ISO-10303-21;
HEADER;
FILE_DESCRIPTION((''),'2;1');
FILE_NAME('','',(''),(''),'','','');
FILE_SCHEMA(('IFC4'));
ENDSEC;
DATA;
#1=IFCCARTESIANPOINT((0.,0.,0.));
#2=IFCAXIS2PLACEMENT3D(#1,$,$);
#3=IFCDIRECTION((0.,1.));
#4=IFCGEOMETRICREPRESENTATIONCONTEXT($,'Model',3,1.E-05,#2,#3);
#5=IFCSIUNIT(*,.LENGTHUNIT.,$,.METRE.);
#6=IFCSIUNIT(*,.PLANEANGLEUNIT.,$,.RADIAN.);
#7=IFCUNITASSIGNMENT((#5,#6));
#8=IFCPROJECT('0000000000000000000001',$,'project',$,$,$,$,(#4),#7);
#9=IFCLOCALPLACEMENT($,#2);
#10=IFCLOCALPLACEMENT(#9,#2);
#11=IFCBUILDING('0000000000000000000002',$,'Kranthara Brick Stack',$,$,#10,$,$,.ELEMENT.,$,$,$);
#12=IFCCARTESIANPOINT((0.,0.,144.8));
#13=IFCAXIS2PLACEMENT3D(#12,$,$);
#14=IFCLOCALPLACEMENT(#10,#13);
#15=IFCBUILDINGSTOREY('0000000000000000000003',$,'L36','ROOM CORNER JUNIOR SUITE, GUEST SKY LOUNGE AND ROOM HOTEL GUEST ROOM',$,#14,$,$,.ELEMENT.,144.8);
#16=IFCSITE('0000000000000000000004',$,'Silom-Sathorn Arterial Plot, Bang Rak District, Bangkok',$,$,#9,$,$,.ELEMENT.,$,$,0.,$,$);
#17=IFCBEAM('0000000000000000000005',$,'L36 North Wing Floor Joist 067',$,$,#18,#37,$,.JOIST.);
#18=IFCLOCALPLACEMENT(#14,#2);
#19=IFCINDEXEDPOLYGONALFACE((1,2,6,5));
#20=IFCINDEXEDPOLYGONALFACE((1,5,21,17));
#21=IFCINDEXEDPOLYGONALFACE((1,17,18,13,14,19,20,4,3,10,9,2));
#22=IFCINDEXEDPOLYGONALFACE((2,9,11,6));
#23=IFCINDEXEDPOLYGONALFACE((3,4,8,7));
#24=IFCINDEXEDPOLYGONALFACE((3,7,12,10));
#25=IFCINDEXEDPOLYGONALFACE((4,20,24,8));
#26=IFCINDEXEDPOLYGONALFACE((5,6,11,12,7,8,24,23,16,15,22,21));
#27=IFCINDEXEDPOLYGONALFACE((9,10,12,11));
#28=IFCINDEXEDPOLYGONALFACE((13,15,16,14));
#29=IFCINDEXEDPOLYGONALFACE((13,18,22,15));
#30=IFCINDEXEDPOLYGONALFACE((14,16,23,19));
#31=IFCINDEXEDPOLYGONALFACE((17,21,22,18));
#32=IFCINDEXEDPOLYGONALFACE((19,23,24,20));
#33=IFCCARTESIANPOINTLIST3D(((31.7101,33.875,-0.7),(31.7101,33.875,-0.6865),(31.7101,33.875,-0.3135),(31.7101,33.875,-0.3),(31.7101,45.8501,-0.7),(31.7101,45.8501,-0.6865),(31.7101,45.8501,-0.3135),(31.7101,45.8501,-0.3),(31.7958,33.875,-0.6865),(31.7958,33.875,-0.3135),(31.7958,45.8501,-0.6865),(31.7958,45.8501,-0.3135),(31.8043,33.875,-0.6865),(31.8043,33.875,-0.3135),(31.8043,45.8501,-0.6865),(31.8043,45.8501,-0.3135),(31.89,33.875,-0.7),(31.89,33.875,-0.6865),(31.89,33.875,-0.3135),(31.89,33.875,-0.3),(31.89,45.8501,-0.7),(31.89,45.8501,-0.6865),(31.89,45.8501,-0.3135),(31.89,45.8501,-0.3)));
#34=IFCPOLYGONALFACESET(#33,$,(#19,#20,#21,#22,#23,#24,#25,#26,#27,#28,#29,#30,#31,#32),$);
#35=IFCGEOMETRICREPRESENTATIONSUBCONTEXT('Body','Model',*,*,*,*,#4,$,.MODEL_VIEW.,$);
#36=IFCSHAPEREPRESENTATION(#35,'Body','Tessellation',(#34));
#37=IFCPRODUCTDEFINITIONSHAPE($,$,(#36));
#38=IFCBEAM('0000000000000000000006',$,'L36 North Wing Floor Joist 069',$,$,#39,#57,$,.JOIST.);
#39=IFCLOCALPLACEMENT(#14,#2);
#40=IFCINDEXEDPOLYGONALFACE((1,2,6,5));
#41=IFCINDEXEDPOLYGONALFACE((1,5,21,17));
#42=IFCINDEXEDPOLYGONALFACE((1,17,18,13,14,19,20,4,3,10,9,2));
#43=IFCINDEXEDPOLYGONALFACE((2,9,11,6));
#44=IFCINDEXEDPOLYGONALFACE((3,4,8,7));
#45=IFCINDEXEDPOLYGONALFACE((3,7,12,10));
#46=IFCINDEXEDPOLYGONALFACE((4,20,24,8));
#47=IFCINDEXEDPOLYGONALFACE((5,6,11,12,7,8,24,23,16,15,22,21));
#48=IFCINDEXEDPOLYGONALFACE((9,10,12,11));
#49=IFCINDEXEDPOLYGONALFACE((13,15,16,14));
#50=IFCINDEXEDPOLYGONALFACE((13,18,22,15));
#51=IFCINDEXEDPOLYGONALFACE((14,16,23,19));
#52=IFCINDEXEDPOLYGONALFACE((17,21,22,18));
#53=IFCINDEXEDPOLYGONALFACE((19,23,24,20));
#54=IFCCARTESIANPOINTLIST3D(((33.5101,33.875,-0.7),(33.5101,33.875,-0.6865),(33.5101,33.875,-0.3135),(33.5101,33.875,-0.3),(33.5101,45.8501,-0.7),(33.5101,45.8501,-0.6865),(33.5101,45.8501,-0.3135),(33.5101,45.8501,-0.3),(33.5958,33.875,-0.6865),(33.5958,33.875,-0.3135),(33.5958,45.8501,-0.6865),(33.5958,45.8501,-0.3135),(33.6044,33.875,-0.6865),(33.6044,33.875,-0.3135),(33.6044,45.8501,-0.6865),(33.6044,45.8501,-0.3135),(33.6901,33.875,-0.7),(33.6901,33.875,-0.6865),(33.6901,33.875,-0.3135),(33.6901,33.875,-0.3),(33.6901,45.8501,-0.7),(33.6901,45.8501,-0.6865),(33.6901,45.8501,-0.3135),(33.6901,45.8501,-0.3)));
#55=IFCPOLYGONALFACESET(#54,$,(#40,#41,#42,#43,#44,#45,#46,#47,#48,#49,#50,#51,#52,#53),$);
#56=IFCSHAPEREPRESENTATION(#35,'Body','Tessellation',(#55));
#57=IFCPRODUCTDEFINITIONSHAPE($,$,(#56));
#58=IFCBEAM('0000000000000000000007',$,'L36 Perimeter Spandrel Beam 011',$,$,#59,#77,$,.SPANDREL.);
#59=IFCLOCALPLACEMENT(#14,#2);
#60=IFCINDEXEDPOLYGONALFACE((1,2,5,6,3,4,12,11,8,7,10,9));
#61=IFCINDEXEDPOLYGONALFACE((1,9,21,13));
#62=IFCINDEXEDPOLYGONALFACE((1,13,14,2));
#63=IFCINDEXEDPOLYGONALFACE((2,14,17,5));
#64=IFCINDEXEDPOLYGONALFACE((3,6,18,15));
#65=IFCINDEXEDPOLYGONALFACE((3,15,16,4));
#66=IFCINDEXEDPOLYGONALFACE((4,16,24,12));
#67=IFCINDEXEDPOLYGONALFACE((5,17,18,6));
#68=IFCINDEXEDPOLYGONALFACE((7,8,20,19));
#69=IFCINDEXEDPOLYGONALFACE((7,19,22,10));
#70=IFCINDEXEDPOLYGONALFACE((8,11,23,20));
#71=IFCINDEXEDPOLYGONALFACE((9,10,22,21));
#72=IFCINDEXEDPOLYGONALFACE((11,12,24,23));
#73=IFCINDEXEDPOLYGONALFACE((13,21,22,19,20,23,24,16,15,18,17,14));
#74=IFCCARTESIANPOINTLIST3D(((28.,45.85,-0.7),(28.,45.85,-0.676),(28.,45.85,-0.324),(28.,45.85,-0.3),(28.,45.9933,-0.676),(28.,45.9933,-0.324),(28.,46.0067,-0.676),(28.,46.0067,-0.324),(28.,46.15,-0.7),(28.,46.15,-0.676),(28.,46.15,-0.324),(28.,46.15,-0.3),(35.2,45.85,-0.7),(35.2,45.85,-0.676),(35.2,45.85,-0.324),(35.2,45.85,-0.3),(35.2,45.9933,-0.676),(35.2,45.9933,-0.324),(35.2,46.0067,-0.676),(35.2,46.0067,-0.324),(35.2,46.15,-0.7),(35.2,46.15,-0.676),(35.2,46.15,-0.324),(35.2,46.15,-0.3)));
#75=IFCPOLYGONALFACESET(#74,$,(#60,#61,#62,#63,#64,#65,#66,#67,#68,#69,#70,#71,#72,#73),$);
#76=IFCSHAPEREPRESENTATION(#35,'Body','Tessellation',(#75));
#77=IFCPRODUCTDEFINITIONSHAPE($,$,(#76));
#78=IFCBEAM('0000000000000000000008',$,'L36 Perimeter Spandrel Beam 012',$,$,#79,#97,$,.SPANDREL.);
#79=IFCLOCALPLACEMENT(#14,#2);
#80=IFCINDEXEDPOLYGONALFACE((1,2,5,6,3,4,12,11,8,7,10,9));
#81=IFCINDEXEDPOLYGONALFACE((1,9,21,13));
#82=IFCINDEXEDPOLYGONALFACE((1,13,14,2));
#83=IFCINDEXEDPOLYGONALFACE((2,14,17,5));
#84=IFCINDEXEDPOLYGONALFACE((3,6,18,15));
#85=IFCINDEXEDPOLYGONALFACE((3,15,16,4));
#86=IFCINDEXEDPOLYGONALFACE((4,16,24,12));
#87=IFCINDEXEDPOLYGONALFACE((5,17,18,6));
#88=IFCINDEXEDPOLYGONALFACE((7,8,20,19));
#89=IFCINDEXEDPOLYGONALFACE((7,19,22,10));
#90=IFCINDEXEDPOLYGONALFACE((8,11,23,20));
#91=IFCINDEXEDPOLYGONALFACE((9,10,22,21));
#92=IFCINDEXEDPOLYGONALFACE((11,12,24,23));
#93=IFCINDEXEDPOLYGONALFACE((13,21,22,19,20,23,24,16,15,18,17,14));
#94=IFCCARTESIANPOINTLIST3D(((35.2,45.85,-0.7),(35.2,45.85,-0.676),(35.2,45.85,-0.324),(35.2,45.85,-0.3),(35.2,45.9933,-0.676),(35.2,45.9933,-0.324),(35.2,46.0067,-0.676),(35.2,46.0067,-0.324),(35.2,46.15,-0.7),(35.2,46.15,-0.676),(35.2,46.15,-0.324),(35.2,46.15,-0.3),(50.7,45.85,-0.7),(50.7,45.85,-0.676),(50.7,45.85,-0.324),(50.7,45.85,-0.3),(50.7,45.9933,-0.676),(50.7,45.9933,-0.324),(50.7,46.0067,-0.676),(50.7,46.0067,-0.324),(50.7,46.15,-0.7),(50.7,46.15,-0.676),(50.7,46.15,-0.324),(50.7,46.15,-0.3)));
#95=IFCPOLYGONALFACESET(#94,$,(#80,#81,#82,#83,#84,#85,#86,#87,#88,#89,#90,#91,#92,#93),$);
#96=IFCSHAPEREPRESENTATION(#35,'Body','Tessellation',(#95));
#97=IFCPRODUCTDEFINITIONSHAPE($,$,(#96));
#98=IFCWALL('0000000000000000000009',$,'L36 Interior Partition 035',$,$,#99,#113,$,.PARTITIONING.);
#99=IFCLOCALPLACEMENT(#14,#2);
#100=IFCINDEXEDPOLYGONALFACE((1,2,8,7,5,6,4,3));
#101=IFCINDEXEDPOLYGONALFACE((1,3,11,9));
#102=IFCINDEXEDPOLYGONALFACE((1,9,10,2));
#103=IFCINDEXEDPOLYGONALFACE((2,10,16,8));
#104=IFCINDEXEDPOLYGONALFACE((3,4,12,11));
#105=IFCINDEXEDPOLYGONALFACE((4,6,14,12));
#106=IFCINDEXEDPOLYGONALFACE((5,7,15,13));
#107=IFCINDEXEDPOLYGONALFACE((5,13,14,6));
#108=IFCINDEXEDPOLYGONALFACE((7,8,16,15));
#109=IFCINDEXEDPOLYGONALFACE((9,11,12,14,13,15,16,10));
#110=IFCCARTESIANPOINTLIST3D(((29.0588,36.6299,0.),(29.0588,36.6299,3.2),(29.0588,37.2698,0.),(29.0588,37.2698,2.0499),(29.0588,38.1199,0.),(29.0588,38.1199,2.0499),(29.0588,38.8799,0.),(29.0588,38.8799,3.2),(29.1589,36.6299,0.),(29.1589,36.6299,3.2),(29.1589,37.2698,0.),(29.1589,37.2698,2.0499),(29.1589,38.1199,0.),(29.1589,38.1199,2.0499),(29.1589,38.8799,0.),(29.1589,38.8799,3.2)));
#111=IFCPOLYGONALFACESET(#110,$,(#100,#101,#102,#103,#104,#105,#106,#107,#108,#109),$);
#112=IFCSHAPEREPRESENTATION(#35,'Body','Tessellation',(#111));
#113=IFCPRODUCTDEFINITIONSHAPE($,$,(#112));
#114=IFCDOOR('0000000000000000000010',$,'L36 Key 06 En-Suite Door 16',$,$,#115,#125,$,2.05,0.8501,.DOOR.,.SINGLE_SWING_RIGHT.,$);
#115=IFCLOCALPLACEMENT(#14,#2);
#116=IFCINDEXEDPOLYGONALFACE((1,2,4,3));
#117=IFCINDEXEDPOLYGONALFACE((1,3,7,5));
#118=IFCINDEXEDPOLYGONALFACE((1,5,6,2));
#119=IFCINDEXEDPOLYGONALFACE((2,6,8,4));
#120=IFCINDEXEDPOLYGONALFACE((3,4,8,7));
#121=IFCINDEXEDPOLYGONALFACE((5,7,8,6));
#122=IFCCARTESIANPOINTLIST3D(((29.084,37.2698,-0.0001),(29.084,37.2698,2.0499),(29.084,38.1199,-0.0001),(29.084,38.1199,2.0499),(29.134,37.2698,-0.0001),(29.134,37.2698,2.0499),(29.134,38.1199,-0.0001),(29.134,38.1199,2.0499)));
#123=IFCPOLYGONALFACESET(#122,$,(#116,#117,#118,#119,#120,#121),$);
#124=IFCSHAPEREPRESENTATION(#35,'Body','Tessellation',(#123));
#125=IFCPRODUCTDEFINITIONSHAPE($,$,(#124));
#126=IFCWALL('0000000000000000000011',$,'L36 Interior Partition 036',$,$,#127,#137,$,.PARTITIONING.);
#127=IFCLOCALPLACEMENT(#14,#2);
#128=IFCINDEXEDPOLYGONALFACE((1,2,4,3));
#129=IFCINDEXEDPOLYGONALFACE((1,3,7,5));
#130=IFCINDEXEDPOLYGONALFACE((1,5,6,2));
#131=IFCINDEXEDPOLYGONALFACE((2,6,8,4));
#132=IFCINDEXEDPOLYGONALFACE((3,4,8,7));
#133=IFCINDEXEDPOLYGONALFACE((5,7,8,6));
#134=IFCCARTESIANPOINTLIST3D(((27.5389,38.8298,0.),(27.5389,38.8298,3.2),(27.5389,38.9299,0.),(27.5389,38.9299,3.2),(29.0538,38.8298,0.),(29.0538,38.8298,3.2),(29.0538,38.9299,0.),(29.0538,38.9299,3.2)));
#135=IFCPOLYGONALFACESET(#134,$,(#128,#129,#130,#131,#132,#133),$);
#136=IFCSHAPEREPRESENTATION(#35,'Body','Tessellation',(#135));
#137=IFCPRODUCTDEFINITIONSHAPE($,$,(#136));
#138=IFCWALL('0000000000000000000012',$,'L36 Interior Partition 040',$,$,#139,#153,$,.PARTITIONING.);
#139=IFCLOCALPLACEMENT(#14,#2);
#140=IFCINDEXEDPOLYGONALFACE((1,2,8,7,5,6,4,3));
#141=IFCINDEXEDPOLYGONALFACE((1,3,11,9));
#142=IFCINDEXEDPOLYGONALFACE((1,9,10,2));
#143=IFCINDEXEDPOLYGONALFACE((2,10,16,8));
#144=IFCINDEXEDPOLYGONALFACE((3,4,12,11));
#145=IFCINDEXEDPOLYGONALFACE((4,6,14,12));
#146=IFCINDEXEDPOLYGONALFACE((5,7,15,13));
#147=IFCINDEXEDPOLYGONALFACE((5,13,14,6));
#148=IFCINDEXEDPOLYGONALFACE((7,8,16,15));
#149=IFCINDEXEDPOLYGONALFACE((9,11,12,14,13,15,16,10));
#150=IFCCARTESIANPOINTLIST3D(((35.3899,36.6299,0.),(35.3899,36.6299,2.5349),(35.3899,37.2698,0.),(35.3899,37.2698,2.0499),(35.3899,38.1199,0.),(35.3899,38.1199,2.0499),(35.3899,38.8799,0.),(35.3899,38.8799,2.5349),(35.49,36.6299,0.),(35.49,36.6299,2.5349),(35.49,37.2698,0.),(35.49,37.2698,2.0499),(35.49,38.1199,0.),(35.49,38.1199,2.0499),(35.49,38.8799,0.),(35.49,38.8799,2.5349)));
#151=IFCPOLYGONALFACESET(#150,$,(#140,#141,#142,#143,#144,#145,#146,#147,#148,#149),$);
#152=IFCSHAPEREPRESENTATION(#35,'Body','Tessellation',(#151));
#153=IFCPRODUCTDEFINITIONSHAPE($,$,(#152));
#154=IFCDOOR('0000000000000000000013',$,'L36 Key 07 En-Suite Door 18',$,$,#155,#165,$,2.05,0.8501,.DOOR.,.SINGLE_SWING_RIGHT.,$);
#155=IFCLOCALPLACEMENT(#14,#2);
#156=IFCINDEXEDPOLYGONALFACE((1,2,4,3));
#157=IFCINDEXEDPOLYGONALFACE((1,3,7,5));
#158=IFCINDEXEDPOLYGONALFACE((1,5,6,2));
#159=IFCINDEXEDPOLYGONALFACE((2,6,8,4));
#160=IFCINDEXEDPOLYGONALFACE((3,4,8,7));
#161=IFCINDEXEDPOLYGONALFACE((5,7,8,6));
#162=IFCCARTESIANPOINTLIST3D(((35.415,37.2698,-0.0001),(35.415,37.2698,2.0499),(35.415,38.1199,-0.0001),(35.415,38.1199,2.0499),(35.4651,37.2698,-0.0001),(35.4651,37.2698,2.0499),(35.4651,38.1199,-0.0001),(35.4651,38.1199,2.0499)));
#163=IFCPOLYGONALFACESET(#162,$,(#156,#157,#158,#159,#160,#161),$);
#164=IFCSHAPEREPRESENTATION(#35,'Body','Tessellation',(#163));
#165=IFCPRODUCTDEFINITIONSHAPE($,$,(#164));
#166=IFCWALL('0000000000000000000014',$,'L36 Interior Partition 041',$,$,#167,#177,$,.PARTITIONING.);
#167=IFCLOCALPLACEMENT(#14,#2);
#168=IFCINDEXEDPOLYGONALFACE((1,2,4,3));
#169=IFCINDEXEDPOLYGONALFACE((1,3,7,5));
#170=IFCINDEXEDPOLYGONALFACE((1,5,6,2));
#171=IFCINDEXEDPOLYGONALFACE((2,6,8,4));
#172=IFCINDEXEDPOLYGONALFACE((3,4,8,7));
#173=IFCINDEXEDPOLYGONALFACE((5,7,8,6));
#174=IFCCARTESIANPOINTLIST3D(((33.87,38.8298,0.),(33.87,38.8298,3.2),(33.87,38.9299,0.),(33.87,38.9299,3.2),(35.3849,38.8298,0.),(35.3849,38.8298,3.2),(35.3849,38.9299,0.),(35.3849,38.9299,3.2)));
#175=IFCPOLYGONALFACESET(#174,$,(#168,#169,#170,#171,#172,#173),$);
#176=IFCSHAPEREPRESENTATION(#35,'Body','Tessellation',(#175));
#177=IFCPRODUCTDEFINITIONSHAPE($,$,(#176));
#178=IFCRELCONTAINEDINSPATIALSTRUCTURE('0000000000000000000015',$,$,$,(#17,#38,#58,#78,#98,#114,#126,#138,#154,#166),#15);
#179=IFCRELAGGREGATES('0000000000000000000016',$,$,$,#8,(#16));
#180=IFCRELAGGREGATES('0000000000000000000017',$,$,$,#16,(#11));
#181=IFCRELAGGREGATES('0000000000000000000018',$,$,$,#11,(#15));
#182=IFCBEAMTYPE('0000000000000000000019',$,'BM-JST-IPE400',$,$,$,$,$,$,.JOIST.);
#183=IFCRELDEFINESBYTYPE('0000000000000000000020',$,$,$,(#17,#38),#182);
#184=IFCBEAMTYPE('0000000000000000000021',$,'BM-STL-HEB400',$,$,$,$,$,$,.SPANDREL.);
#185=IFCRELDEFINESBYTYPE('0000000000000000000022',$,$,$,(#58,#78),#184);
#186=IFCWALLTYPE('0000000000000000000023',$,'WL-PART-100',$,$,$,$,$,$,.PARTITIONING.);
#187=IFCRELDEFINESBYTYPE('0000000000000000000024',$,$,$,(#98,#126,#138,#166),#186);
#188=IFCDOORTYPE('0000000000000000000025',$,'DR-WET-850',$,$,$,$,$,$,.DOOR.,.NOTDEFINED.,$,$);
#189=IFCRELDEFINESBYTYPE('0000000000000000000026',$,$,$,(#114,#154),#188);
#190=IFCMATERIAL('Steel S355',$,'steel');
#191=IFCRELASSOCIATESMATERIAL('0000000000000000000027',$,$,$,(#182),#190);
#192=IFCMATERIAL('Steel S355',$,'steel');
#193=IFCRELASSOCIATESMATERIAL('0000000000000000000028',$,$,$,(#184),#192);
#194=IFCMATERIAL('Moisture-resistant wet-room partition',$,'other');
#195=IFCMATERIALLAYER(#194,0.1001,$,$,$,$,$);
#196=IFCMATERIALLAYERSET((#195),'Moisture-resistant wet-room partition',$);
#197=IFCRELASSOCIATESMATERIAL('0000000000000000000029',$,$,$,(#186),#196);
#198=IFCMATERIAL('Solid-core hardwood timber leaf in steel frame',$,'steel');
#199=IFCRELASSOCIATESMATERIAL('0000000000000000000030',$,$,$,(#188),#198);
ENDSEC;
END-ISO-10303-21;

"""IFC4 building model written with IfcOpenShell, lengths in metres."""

from ifc_helpers import new_model, si_unit, direction, frame, frame_2d, origin, origin_2d, place, context, subcontext, project, spatial, rectangle, i_section, extrude, material, layer, layer_set, material_profile, profile_set, type_object, element, fill, save


model = new_model("IFC4")

# Units and contexts
model_context = context("Model", 3, precision=1e-05, world=origin(), true_north=direction((0.0, 1.0)))
body_context = subcontext(model_context, "Body", "Model", "MODEL_VIEW")
ifc_project = project(units=[si_unit("LENGTHUNIT", "METRE"), si_unit("PLANEANGLEUNIT", "RADIAN")], contexts=[model_context])

# Site, building, storey
site_placement = place(None, origin())
site = spatial("IfcSite", under=ifc_project, at=site_placement, Name="Silom-Sathorn Arterial Plot, Bang Rak District, Bangkok", CompositionType="ELEMENT", RefElevation=0.0)
building_placement = place(site_placement, origin())
building = spatial("IfcBuilding", under=site, at=building_placement, Name="Kranthara Brick Stack", CompositionType="ELEMENT")
storey_placement = place(building_placement, frame((0.0, 0.0, 144.8)))
storey = spatial("IfcBuildingStorey", under=building, at=storey_placement, Name="L36", Description="ROOM CORNER JUNIOR SUITE, GUEST SKY LOUNGE AND ROOM HOTEL GUEST ROOM", CompositionType="ELEMENT", Elevation=144.8)

# Beams
ifc_material_1 = material(Name="Steel S355", Category="steel")
ifc_material_profile_1 = material_profile(ifc_material_1, i_section(OverallWidth=0.1799, OverallDepth=0.3999, WebThickness=0.0085, FlangeThickness=0.0134, at=origin_2d()), Name="IPE 400")
ifc_profile_set_1 = profile_set([ifc_material_profile_1], Name="Steel S355")
beam_type_1 = type_object("IfcBeamType", Name="BM-JST-IPE400", PredefinedType="JOIST", material=ifc_profile_set_1)
for number, where, z_axis, x_axis, name in (
    (1, (31.8, 33.875, -0.5), (0.0, 1.0, 0.0), (-1.0, 0.0, 0.0), "L36 North Wing Floor Joist 067"),
    (2, (33.6001, 33.875, -0.5), (0.0, 1.0, 0.0), (-1.0, 0.0, 0.0), "L36 North Wing Floor Joist 069"),
):
    element("IfcBeam", number, at=place(storey_placement, frame(where, z_axis=z_axis, x_axis=x_axis)), inside=storey, type_object=beam_type_1, Name=name, PredefinedType="JOIST", context=body_context, shape_type="SweptSolid", body=[
        extrude(i_section(OverallWidth=0.1799, OverallDepth=0.3999, WebThickness=0.0085, FlangeThickness=0.0134, at=origin_2d()), origin(), (0.0, 0.0, 1.0), 11.9751),
    ])
ifc_material_2 = material(Name="Steel S355", Category="steel")
ifc_material_profile_2 = material_profile(ifc_material_2, i_section(OverallWidth=0.3, OverallDepth=0.3999, WebThickness=0.0134, FlangeThickness=0.0239, at=origin_2d()), Name="HEB 400")
ifc_profile_set_2 = profile_set([ifc_material_profile_2], Name="Steel S355")
beam_type_2 = type_object("IfcBeamType", Name="BM-STL-HEB400", PredefinedType="SPANDREL", material=ifc_profile_set_2)
beam_1_placement = place(storey_placement, frame((28.0, 46.0, -0.5), z_axis=(1.0, 0.0, 0.0), x_axis=(0.0, 1.0, 0.0)))
element("IfcBeam", 3, at=beam_1_placement, inside=storey, type_object=beam_type_2, Name="L36 Perimeter Spandrel Beam 011", PredefinedType="SPANDREL", context=body_context, shape_type="SweptSolid", body=[
    extrude(i_section(OverallWidth=0.3, OverallDepth=0.3999, WebThickness=0.0134, FlangeThickness=0.0239, at=origin_2d()), origin(), (0.0, 0.0, 1.0), 7.2),
])
beam_2_placement = place(storey_placement, frame((35.2, 46.0, -0.5), z_axis=(1.0, 0.0, 0.0), x_axis=(0.0, 1.0, 0.0)))
element("IfcBeam", 4, at=beam_2_placement, inside=storey, type_object=beam_type_2, Name="L36 Perimeter Spandrel Beam 012", PredefinedType="SPANDREL", context=body_context, shape_type="SweptSolid", body=[
    extrude(i_section(OverallWidth=0.3, OverallDepth=0.3999, WebThickness=0.0134, FlangeThickness=0.0239, at=origin_2d()), origin(), (0.0, 0.0, 1.0), 15.5),
])

# Wall, opening, door
ifc_material_3 = material(Name="Moisture-resistant wet-room partition", Category="other")
ifc_layer_1 = layer(ifc_material_3, 0.1001)
ifc_layer_set_1 = layer_set([ifc_layer_1], Name="Moisture-resistant wet-room partition")
wall_type_1 = type_object("IfcWallType", Name="WL-PART-100", PredefinedType="PARTITIONING", material=ifc_layer_set_1)
wall_1_placement = place(storey_placement, frame((29.1089, 36.6299, 0.0), z_axis=(0.0, 0.0, 1.0), x_axis=(0.0, 1.0, 0.0)))
wall_1 = element("IfcWall", 5, at=wall_1_placement, inside=storey, type_object=wall_type_1, Name="L36 Interior Partition 035", PredefinedType="PARTITIONING", context=body_context, shape_type="SweptSolid", body=[
    extrude(rectangle(XDim=2.25, YDim=0.1001, at=frame_2d((1.125, 0.0))), origin(), (0.0, 0.0, 1.0), 3.2),
])
opening_1_placement = place(wall_1_placement, frame((0.6399, 0.0, 0.0)))
opening_1 = element("IfcOpeningElement", 6, at=opening_1_placement, cuts=wall_1, PredefinedType="OPENING", context=body_context, shape_type="SweptSolid", body=[
    extrude(rectangle(XDim=0.8501, YDim=2.05, at=frame_2d((0.425, 1.0249))), frame((0.0, 0.0601, 0.0), z_axis=(0.0, -1.0, 0.0), x_axis=(1.0, 0.0, 0.0)), (0.0, 0.0, 1.0), 0.1201),
])
ifc_material_4 = material(Name="Solid-core hardwood timber leaf in steel frame", Category="steel")
door_type_1 = type_object("IfcDoorType", Name="DR-WET-850", OperationType="NOTDEFINED", PredefinedType="DOOR", material=ifc_material_4)
door_1_placement = place(opening_1_placement, origin())
door_1 = element("IfcDoor", 7, at=door_1_placement, inside=storey, type_object=door_type_1, Name="L36 Key 06 En-Suite Door 16", OperationType="SINGLE_SWING_RIGHT", OverallHeight=2.05, OverallWidth=0.8501, PredefinedType="DOOR", context=body_context, shape_type="SweptSolid", body=[
    extrude(rectangle(XDim=0.8501, YDim=2.05, at=frame_2d((0.425, 1.0249))), frame((0.0, 0.0249, 0.0), z_axis=(0.0, -1.0, 0.0), x_axis=(1.0, 0.0, 0.0)), (0.0, 0.0, 1.0), 0.05),
])
fill(opening_1, door_1)

# Wall
wall_2_placement = place(storey_placement, frame((27.5391, 38.8799, 0.0), z_axis=(0.0, 0.0, 1.0), x_axis=(1.0, 0.0, 0.0)))
element("IfcWall", 8, at=wall_2_placement, inside=storey, type_object=wall_type_1, Name="L36 Interior Partition 036", PredefinedType="PARTITIONING", context=body_context, shape_type="SweptSolid", body=[
    extrude(rectangle(XDim=1.5149, YDim=0.1001, at=frame_2d((0.7573, 0.0))), origin(), (0.0, 0.0, 1.0), 3.2),
])

# Wall, opening, door
wall_3_placement = place(storey_placement, frame((35.4399, 36.6299, 0.0), z_axis=(0.0, 0.0, 1.0), x_axis=(0.0, 1.0, 0.0)))
wall_3 = element("IfcWall", 9, at=wall_3_placement, inside=storey, type_object=wall_type_1, Name="L36 Interior Partition 040", PredefinedType="PARTITIONING", context=body_context, shape_type="SweptSolid", body=[
    extrude(rectangle(XDim=2.25, YDim=0.1001, at=frame_2d((1.125, 0.0))), origin(), (0.0, 0.0, 1.0), 2.5349),
])
opening_2_placement = place(wall_3_placement, frame((0.6399, 0.0, 0.0)))
opening_2 = element("IfcOpeningElement", 10, at=opening_2_placement, cuts=wall_3, PredefinedType="OPENING", context=body_context, shape_type="SweptSolid", body=[
    extrude(rectangle(XDim=0.8501, YDim=2.05, at=frame_2d((0.425, 1.0249))), frame((0.0, 0.0601, 0.0), z_axis=(0.0, -1.0, 0.0), x_axis=(1.0, 0.0, 0.0)), (0.0, 0.0, 1.0), 0.1201),
])
door_2_placement = place(opening_2_placement, origin())
door_2 = element("IfcDoor", 11, at=door_2_placement, inside=storey, type_object=door_type_1, Name="L36 Key 07 En-Suite Door 18", OperationType="SINGLE_SWING_RIGHT", OverallHeight=2.05, OverallWidth=0.8501, PredefinedType="DOOR", context=body_context, shape_type="SweptSolid", body=[
    extrude(rectangle(XDim=0.8501, YDim=2.05, at=frame_2d((0.425, 1.0249))), frame((0.0, 0.0249, 0.0), z_axis=(0.0, -1.0, 0.0), x_axis=(1.0, 0.0, 0.0)), (0.0, 0.0, 1.0), 0.05),
])
fill(opening_2, door_2)

# Wall
wall_4_placement = place(storey_placement, frame((33.8701, 38.8799, 0.0), z_axis=(0.0, 0.0, 1.0), x_axis=(1.0, 0.0, 0.0)))
element("IfcWall", 12, at=wall_4_placement, inside=storey, type_object=wall_type_1, Name="L36 Interior Partition 041", PredefinedType="PARTITIONING", context=body_context, shape_type="SweptSolid", body=[
    extrude(rectangle(XDim=1.5149, YDim=0.1001, at=frame_2d((0.7573, 0.0))), origin(), (0.0, 0.0, 1.0), 3.2),
])

save(model, "model.ifc")
